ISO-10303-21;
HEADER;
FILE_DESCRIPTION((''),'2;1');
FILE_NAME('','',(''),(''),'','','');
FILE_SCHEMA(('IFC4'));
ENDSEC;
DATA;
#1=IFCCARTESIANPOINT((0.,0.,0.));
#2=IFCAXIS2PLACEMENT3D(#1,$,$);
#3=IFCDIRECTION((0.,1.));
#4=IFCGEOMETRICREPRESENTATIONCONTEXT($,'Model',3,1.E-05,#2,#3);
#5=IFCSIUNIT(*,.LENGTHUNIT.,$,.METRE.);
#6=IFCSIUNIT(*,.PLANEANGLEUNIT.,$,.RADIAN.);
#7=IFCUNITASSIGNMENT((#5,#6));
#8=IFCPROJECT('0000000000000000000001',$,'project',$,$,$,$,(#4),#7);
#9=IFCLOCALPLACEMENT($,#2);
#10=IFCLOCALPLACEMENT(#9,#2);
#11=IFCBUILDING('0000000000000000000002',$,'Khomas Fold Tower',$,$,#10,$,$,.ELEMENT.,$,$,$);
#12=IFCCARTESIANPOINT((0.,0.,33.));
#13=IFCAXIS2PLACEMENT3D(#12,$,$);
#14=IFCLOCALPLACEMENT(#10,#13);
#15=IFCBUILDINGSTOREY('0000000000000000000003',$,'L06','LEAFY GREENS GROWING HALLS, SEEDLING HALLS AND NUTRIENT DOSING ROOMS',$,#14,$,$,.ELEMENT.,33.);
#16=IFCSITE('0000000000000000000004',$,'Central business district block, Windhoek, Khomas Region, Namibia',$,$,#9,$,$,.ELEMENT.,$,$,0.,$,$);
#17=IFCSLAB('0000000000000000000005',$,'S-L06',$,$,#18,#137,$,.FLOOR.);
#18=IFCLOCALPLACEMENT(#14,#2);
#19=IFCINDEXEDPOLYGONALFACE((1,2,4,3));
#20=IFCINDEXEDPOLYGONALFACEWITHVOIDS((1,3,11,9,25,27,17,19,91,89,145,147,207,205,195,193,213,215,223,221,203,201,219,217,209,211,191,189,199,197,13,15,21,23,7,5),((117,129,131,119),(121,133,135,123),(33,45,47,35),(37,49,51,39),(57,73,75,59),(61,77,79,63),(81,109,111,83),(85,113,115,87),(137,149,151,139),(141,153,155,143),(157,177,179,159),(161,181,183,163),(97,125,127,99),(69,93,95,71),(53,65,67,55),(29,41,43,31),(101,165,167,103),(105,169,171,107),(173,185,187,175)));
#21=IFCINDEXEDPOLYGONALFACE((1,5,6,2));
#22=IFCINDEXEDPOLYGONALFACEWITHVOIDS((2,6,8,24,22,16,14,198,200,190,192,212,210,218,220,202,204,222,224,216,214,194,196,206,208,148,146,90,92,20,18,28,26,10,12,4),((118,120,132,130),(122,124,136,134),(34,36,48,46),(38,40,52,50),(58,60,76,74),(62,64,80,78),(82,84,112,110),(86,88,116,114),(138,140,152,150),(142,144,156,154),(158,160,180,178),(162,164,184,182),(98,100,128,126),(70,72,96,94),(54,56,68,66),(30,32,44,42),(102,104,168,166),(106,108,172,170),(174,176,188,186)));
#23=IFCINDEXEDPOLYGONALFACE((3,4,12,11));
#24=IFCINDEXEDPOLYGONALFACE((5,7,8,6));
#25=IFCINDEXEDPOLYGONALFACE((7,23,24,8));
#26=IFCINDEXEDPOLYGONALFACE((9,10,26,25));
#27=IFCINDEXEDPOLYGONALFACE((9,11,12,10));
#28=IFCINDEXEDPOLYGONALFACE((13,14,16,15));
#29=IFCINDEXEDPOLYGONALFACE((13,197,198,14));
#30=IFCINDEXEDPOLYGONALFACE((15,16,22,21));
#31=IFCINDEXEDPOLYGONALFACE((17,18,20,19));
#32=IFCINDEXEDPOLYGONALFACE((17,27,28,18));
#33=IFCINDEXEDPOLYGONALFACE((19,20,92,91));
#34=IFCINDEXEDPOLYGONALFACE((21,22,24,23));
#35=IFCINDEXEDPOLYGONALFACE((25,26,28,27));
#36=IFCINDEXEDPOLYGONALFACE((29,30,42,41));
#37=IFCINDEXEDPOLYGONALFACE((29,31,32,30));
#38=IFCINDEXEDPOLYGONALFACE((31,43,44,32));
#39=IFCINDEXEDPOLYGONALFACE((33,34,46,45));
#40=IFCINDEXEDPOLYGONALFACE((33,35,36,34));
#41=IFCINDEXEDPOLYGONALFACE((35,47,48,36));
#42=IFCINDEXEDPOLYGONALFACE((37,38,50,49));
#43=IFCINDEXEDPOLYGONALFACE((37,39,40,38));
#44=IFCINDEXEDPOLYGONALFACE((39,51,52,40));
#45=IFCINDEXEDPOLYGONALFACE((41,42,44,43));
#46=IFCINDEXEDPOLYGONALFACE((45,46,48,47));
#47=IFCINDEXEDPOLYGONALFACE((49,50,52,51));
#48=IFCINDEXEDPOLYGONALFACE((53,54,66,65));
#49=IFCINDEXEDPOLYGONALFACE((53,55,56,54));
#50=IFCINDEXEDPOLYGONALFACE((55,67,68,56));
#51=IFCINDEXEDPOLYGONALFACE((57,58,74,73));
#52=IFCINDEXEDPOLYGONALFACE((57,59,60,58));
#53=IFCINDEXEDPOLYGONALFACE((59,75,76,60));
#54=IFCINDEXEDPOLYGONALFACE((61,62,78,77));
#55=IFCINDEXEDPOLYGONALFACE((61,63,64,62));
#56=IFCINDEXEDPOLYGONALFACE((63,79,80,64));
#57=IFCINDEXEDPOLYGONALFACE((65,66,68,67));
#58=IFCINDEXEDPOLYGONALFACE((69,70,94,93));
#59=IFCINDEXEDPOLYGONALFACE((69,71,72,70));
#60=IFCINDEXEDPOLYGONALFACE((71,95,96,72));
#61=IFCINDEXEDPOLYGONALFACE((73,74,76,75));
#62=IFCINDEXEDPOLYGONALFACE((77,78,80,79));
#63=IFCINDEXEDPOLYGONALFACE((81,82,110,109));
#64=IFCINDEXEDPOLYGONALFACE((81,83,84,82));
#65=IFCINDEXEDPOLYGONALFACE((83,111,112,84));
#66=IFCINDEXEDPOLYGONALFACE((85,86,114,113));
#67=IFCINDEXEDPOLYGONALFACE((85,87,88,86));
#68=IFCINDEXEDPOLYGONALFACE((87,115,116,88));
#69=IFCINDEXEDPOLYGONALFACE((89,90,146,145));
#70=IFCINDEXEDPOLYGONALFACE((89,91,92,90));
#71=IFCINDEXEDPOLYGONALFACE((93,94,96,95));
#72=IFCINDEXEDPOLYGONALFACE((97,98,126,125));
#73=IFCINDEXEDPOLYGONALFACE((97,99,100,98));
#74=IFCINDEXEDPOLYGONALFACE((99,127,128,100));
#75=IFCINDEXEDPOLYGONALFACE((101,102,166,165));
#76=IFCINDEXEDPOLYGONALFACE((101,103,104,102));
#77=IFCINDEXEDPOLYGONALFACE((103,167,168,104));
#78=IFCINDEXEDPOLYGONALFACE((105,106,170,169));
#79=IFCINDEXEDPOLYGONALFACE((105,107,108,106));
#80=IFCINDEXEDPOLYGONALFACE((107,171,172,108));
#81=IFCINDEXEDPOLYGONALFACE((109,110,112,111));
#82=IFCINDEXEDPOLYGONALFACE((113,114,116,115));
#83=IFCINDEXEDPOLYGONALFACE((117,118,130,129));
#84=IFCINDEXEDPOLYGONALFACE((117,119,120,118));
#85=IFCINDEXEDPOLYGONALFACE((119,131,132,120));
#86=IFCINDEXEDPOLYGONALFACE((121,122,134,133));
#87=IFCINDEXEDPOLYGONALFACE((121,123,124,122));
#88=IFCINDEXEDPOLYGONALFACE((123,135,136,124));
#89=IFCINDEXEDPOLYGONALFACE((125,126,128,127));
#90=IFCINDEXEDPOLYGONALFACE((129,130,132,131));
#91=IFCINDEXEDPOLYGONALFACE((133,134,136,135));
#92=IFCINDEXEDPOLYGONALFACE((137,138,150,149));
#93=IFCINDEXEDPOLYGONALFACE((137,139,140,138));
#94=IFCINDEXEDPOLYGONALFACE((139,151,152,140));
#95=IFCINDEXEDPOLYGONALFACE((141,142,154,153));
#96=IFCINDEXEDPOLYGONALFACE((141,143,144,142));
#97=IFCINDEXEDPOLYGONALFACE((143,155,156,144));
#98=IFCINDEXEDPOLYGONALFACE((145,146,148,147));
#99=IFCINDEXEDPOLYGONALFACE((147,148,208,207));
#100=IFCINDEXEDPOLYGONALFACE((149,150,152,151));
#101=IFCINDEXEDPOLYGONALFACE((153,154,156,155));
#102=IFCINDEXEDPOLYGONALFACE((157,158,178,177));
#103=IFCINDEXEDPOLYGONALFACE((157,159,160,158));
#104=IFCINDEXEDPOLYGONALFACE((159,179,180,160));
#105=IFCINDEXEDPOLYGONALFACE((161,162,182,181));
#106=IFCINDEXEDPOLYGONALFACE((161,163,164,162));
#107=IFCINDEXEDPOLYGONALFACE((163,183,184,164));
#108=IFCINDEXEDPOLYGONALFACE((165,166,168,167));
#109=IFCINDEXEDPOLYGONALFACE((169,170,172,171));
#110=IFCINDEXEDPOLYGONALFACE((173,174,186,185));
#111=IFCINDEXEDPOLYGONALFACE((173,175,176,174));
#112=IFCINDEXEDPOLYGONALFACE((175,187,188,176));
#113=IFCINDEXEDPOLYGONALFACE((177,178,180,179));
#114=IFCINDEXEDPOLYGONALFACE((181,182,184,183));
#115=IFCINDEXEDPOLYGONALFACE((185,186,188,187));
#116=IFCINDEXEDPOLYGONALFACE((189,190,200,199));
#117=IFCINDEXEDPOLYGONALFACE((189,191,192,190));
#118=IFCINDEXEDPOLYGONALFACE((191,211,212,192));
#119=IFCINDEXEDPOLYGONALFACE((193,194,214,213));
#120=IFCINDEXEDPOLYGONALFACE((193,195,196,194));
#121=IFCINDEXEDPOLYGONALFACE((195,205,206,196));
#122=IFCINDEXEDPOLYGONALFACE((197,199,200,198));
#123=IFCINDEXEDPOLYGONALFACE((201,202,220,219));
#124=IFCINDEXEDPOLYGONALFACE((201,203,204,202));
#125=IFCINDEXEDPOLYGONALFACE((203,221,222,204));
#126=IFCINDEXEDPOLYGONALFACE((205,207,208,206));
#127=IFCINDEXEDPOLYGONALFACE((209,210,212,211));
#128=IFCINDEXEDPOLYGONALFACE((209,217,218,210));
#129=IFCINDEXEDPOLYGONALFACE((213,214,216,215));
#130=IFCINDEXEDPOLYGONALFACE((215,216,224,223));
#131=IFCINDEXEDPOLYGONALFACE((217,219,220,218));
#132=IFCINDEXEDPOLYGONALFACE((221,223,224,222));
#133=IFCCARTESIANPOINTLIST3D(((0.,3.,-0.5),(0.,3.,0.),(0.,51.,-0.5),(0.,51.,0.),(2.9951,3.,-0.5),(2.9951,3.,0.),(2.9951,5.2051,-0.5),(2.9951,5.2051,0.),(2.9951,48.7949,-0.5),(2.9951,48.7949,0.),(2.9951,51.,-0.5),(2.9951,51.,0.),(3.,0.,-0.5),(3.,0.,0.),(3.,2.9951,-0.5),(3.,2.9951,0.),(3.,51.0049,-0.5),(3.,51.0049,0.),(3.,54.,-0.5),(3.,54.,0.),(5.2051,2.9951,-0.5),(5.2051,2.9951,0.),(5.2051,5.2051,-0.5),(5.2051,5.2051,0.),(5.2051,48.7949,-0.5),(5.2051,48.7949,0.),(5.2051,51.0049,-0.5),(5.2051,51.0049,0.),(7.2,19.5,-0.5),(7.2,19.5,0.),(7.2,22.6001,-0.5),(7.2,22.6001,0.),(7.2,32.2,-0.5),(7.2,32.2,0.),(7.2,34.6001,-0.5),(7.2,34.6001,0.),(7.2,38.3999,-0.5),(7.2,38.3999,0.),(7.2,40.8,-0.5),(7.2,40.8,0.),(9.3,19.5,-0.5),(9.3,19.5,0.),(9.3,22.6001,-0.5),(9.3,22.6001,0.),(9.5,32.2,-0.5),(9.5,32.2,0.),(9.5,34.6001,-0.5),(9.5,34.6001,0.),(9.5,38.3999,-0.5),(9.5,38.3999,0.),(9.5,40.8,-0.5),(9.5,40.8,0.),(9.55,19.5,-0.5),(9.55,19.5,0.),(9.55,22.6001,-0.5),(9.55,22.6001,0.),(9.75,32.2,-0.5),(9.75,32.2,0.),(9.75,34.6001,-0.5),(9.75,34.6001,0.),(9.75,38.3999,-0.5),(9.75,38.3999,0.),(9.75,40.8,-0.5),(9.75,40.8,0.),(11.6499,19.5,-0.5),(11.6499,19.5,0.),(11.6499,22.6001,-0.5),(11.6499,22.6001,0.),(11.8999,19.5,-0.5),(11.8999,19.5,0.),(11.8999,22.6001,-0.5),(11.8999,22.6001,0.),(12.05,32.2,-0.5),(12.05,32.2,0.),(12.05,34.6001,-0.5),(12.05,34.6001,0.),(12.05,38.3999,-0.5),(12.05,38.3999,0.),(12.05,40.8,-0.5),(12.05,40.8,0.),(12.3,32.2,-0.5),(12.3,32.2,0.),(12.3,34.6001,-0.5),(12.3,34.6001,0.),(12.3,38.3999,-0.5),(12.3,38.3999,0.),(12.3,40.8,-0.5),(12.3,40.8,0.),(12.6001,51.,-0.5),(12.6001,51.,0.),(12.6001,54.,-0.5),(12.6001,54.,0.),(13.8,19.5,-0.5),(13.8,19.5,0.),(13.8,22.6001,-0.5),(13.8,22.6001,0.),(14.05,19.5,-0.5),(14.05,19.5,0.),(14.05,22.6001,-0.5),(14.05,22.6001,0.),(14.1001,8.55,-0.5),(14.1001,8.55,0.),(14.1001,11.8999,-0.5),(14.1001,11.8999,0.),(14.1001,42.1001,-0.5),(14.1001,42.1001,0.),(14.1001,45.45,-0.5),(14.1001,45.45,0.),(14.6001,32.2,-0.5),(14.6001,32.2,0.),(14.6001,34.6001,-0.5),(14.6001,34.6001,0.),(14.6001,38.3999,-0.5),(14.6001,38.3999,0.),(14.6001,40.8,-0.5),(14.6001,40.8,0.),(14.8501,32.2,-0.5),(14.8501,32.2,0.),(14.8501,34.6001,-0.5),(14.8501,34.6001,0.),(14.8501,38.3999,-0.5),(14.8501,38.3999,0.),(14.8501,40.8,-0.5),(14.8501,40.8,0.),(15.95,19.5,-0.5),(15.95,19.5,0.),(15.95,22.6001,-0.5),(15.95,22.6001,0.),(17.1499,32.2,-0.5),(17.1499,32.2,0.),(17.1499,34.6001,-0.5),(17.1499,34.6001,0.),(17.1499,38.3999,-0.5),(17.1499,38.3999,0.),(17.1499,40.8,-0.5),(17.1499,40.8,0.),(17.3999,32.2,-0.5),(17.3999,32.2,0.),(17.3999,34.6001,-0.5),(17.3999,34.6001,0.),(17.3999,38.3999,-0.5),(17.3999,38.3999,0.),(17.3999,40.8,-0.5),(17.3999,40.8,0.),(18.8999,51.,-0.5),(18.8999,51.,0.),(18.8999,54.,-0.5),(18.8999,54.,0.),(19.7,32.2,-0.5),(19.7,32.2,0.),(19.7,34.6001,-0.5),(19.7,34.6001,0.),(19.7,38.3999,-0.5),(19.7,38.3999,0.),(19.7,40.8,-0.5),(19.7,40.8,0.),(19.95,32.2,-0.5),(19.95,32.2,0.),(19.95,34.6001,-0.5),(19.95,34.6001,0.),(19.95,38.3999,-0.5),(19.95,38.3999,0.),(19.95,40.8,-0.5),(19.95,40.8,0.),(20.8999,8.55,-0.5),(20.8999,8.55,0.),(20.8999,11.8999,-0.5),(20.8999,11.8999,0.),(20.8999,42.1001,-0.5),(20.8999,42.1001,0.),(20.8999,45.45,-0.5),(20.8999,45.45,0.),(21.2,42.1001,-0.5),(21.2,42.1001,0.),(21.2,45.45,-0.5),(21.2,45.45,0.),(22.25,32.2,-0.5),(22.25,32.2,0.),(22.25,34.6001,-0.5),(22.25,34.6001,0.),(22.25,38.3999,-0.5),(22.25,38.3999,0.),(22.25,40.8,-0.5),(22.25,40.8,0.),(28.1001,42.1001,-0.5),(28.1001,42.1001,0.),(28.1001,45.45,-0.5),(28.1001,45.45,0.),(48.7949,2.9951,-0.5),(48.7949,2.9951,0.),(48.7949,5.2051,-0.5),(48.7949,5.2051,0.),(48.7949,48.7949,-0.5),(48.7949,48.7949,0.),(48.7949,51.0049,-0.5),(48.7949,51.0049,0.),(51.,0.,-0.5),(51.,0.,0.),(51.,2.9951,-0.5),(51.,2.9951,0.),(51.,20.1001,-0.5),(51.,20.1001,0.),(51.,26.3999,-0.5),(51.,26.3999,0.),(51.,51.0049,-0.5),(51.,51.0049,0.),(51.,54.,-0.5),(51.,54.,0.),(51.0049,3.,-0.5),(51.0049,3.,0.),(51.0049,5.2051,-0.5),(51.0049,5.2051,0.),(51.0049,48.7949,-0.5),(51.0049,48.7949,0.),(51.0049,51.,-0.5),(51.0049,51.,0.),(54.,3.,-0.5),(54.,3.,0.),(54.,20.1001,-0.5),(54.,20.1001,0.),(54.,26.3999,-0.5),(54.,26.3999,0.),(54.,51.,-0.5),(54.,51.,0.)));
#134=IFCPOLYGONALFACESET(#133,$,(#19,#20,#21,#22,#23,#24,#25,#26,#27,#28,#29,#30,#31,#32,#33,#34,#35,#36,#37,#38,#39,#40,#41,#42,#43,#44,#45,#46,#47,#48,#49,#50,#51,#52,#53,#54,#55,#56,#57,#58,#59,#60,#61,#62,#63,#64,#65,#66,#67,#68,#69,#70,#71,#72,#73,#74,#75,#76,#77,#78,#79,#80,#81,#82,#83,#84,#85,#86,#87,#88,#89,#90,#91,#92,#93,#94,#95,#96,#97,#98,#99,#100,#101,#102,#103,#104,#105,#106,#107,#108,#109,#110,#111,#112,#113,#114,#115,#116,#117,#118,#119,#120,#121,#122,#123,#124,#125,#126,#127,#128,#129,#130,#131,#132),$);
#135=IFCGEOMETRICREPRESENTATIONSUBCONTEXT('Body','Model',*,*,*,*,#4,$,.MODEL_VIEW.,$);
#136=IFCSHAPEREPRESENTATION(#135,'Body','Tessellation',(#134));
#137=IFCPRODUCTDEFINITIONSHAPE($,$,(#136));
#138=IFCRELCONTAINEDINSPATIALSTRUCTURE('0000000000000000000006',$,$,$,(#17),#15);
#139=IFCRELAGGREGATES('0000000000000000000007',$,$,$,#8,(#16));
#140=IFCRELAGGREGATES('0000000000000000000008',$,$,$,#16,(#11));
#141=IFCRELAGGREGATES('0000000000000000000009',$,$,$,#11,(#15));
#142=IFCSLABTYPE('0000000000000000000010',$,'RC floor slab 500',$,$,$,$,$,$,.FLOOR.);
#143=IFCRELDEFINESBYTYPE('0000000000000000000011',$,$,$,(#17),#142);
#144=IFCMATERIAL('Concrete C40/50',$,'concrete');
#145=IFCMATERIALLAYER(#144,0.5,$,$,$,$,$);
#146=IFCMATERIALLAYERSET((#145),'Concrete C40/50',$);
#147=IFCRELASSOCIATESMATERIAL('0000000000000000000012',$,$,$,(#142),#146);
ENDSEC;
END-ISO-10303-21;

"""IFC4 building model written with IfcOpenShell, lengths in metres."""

from ifc_helpers import new_model, si_unit, direction, frame, origin, place, context, subcontext, project, spatial, polyline, outline, extrude, source, transform, mapped, material, layer, layer_set, type_object, element, save


model = new_model("IFC4")

# Units and contexts
model_context = context("Model", 3, precision=1e-05, world=origin(), true_north=direction((0.0, 1.0)))
body_context = subcontext(model_context, "Body", "Model", "MODEL_VIEW")
ifc_project = project(units=[si_unit("LENGTHUNIT", "METRE"), si_unit("PLANEANGLEUNIT", "RADIAN")], contexts=[model_context])

# Site, building, storey
site_placement = place(None, origin())
site = spatial("IfcSite", under=ifc_project, at=site_placement, Name="Central business district block, Windhoek, Khomas Region, Namibia", CompositionType="ELEMENT", RefElevation=0.0)
building_placement = place(site_placement, origin())
building = spatial("IfcBuilding", under=site, at=building_placement, Name="Khomas Fold Tower", CompositionType="ELEMENT")
storey_placement = place(building_placement, frame((0.0, 0.0, 33.0)))
storey = spatial("IfcBuildingStorey", under=building, at=storey_placement, Name="L06", Description="LEAFY GREENS GROWING HALLS, SEEDLING HALLS AND NUTRIENT DOSING ROOMS", CompositionType="ELEMENT", Elevation=33.0)

# Slab
ifc_material_1 = material(Name="Concrete C40/50", Category="concrete")
ifc_layer_1 = layer(ifc_material_1, 0.5)
ifc_layer_set_1 = layer_set([ifc_layer_1], Name="Concrete C40/50")
slab_type_1 = type_object("IfcSlabType", Name="RC floor slab 500", PredefinedType="FLOOR", material=ifc_layer_set_1)
shared_shape_1 = source(origin(), body_context, "Body", "SweptSolid", [
    extrude(outline(polyline([(0.0, 3.0), (2.9951, 3.0), (2.9951, 5.2051), (5.2051, 5.2051), (5.2051, 2.9951), (3.0, 2.9951), (3.0, 0.0), (51.0, 0.0), (51.0, 2.9951), (48.7949, 2.9951), (48.7949, 5.2051), (51.0049, 5.2051), (51.0049, 3.0), (54.0, 3.0), (54.0, 20.1001), (51.0, 20.1001), (51.0, 26.3999), (54.0, 26.3999), (54.0, 51.0), (51.0049, 51.0), (51.0049, 48.7949), (48.7949, 48.7949), (48.7949, 51.0049), (51.0, 51.0049), (51.0, 54.0), (18.8999, 54.0), (18.8999, 51.0), (12.6001, 51.0), (12.6001, 54.0), (3.0, 54.0), (3.0, 51.0049), (5.2051, 51.0049), (5.2051, 48.7949), (2.9951, 48.7949), (2.9951, 51.0), (0.0, 51.0), (0.0, 3.0)]), holes=[polyline([(7.2, 19.5), (7.2, 22.6001), (9.3, 22.6001), (9.3, 19.5), (7.2, 19.5)]), polyline([(7.2, 32.2), (7.2, 34.6001), (9.5, 34.6001), (9.5, 32.2), (7.2, 32.2)]), polyline([(7.2, 38.3999), (7.2, 40.8), (9.5, 40.8), (9.5, 38.3999), (7.2, 38.3999)]), polyline([(9.55, 19.5), (9.55, 22.6001), (11.6499, 22.6001), (11.6499, 19.5), (9.55, 19.5)]), polyline([(9.75, 32.2), (9.75, 34.6001), (12.05, 34.6001), (12.05, 32.2), (9.75, 32.2)]), polyline([(9.75, 38.3999), (9.75, 40.8), (12.05, 40.8), (12.05, 38.3999), (9.75, 38.3999)]), polyline([(11.8999, 19.5), (11.8999, 22.6001), (13.8, 22.6001), (13.8, 19.5), (11.8999, 19.5)]), polyline([(12.3, 32.2), (12.3, 34.6001), (14.6001, 34.6001), (14.6001, 32.2), (12.3, 32.2)]), polyline([(12.3, 38.3999), (12.3, 40.8), (14.6001, 40.8), (14.6001, 38.3999), (12.3, 38.3999)]), polyline([(14.05, 19.5), (14.05, 22.6001), (15.95, 22.6001), (15.95, 19.5), (14.05, 19.5)]), polyline([(14.1001, 8.55), (14.1001, 11.8999), (20.8999, 11.8999), (20.8999, 8.55), (14.1001, 8.55)]), polyline([(14.1001, 42.1001), (14.1001, 45.45), (20.8999, 45.45), (20.8999, 42.1001), (14.1001, 42.1001)]), polyline([(14.8501, 32.2), (14.8501, 34.6001), (17.1499, 34.6001), (17.1499, 32.2), (14.8501, 32.2)]), polyline([(14.8501, 38.3999), (14.8501, 40.8), (17.1499, 40.8), (17.1499, 38.3999), (14.8501, 38.3999)]), polyline([(17.3999, 32.2), (17.3999, 34.6001), (19.7, 34.6001), (19.7, 32.2), (17.3999, 32.2)]), polyline([(17.3999, 38.3999), (17.3999, 40.8), (19.7, 40.8), (19.7, 38.3999), (17.3999, 38.3999)]), polyline([(19.95, 32.2), (19.95, 34.6001), (22.25, 34.6001), (22.25, 32.2), (19.95, 32.2)]), polyline([(19.95, 38.3999), (19.95, 40.8), (22.25, 40.8), (22.25, 38.3999), (19.95, 38.3999)]), polyline([(21.2, 42.1001), (21.2, 45.45), (28.1001, 45.45), (28.1001, 42.1001), (21.2, 42.1001)])]), origin(), (0.0, 0.0, 1.0), 0.5),
])
slab_1_placement = place(storey_placement, frame((0.0, 0.0, -0.5)))
element("IfcSlab", 1, at=slab_1_placement, inside=storey, type_object=slab_type_1, Name="S-L06", PredefinedType="FLOOR", context=body_context, shape_type="MappedRepresentation", body=[
    mapped(shared_shape_1, transform((0.0, 0.0, 0.0))),
])

save(model, "model.ifc")
